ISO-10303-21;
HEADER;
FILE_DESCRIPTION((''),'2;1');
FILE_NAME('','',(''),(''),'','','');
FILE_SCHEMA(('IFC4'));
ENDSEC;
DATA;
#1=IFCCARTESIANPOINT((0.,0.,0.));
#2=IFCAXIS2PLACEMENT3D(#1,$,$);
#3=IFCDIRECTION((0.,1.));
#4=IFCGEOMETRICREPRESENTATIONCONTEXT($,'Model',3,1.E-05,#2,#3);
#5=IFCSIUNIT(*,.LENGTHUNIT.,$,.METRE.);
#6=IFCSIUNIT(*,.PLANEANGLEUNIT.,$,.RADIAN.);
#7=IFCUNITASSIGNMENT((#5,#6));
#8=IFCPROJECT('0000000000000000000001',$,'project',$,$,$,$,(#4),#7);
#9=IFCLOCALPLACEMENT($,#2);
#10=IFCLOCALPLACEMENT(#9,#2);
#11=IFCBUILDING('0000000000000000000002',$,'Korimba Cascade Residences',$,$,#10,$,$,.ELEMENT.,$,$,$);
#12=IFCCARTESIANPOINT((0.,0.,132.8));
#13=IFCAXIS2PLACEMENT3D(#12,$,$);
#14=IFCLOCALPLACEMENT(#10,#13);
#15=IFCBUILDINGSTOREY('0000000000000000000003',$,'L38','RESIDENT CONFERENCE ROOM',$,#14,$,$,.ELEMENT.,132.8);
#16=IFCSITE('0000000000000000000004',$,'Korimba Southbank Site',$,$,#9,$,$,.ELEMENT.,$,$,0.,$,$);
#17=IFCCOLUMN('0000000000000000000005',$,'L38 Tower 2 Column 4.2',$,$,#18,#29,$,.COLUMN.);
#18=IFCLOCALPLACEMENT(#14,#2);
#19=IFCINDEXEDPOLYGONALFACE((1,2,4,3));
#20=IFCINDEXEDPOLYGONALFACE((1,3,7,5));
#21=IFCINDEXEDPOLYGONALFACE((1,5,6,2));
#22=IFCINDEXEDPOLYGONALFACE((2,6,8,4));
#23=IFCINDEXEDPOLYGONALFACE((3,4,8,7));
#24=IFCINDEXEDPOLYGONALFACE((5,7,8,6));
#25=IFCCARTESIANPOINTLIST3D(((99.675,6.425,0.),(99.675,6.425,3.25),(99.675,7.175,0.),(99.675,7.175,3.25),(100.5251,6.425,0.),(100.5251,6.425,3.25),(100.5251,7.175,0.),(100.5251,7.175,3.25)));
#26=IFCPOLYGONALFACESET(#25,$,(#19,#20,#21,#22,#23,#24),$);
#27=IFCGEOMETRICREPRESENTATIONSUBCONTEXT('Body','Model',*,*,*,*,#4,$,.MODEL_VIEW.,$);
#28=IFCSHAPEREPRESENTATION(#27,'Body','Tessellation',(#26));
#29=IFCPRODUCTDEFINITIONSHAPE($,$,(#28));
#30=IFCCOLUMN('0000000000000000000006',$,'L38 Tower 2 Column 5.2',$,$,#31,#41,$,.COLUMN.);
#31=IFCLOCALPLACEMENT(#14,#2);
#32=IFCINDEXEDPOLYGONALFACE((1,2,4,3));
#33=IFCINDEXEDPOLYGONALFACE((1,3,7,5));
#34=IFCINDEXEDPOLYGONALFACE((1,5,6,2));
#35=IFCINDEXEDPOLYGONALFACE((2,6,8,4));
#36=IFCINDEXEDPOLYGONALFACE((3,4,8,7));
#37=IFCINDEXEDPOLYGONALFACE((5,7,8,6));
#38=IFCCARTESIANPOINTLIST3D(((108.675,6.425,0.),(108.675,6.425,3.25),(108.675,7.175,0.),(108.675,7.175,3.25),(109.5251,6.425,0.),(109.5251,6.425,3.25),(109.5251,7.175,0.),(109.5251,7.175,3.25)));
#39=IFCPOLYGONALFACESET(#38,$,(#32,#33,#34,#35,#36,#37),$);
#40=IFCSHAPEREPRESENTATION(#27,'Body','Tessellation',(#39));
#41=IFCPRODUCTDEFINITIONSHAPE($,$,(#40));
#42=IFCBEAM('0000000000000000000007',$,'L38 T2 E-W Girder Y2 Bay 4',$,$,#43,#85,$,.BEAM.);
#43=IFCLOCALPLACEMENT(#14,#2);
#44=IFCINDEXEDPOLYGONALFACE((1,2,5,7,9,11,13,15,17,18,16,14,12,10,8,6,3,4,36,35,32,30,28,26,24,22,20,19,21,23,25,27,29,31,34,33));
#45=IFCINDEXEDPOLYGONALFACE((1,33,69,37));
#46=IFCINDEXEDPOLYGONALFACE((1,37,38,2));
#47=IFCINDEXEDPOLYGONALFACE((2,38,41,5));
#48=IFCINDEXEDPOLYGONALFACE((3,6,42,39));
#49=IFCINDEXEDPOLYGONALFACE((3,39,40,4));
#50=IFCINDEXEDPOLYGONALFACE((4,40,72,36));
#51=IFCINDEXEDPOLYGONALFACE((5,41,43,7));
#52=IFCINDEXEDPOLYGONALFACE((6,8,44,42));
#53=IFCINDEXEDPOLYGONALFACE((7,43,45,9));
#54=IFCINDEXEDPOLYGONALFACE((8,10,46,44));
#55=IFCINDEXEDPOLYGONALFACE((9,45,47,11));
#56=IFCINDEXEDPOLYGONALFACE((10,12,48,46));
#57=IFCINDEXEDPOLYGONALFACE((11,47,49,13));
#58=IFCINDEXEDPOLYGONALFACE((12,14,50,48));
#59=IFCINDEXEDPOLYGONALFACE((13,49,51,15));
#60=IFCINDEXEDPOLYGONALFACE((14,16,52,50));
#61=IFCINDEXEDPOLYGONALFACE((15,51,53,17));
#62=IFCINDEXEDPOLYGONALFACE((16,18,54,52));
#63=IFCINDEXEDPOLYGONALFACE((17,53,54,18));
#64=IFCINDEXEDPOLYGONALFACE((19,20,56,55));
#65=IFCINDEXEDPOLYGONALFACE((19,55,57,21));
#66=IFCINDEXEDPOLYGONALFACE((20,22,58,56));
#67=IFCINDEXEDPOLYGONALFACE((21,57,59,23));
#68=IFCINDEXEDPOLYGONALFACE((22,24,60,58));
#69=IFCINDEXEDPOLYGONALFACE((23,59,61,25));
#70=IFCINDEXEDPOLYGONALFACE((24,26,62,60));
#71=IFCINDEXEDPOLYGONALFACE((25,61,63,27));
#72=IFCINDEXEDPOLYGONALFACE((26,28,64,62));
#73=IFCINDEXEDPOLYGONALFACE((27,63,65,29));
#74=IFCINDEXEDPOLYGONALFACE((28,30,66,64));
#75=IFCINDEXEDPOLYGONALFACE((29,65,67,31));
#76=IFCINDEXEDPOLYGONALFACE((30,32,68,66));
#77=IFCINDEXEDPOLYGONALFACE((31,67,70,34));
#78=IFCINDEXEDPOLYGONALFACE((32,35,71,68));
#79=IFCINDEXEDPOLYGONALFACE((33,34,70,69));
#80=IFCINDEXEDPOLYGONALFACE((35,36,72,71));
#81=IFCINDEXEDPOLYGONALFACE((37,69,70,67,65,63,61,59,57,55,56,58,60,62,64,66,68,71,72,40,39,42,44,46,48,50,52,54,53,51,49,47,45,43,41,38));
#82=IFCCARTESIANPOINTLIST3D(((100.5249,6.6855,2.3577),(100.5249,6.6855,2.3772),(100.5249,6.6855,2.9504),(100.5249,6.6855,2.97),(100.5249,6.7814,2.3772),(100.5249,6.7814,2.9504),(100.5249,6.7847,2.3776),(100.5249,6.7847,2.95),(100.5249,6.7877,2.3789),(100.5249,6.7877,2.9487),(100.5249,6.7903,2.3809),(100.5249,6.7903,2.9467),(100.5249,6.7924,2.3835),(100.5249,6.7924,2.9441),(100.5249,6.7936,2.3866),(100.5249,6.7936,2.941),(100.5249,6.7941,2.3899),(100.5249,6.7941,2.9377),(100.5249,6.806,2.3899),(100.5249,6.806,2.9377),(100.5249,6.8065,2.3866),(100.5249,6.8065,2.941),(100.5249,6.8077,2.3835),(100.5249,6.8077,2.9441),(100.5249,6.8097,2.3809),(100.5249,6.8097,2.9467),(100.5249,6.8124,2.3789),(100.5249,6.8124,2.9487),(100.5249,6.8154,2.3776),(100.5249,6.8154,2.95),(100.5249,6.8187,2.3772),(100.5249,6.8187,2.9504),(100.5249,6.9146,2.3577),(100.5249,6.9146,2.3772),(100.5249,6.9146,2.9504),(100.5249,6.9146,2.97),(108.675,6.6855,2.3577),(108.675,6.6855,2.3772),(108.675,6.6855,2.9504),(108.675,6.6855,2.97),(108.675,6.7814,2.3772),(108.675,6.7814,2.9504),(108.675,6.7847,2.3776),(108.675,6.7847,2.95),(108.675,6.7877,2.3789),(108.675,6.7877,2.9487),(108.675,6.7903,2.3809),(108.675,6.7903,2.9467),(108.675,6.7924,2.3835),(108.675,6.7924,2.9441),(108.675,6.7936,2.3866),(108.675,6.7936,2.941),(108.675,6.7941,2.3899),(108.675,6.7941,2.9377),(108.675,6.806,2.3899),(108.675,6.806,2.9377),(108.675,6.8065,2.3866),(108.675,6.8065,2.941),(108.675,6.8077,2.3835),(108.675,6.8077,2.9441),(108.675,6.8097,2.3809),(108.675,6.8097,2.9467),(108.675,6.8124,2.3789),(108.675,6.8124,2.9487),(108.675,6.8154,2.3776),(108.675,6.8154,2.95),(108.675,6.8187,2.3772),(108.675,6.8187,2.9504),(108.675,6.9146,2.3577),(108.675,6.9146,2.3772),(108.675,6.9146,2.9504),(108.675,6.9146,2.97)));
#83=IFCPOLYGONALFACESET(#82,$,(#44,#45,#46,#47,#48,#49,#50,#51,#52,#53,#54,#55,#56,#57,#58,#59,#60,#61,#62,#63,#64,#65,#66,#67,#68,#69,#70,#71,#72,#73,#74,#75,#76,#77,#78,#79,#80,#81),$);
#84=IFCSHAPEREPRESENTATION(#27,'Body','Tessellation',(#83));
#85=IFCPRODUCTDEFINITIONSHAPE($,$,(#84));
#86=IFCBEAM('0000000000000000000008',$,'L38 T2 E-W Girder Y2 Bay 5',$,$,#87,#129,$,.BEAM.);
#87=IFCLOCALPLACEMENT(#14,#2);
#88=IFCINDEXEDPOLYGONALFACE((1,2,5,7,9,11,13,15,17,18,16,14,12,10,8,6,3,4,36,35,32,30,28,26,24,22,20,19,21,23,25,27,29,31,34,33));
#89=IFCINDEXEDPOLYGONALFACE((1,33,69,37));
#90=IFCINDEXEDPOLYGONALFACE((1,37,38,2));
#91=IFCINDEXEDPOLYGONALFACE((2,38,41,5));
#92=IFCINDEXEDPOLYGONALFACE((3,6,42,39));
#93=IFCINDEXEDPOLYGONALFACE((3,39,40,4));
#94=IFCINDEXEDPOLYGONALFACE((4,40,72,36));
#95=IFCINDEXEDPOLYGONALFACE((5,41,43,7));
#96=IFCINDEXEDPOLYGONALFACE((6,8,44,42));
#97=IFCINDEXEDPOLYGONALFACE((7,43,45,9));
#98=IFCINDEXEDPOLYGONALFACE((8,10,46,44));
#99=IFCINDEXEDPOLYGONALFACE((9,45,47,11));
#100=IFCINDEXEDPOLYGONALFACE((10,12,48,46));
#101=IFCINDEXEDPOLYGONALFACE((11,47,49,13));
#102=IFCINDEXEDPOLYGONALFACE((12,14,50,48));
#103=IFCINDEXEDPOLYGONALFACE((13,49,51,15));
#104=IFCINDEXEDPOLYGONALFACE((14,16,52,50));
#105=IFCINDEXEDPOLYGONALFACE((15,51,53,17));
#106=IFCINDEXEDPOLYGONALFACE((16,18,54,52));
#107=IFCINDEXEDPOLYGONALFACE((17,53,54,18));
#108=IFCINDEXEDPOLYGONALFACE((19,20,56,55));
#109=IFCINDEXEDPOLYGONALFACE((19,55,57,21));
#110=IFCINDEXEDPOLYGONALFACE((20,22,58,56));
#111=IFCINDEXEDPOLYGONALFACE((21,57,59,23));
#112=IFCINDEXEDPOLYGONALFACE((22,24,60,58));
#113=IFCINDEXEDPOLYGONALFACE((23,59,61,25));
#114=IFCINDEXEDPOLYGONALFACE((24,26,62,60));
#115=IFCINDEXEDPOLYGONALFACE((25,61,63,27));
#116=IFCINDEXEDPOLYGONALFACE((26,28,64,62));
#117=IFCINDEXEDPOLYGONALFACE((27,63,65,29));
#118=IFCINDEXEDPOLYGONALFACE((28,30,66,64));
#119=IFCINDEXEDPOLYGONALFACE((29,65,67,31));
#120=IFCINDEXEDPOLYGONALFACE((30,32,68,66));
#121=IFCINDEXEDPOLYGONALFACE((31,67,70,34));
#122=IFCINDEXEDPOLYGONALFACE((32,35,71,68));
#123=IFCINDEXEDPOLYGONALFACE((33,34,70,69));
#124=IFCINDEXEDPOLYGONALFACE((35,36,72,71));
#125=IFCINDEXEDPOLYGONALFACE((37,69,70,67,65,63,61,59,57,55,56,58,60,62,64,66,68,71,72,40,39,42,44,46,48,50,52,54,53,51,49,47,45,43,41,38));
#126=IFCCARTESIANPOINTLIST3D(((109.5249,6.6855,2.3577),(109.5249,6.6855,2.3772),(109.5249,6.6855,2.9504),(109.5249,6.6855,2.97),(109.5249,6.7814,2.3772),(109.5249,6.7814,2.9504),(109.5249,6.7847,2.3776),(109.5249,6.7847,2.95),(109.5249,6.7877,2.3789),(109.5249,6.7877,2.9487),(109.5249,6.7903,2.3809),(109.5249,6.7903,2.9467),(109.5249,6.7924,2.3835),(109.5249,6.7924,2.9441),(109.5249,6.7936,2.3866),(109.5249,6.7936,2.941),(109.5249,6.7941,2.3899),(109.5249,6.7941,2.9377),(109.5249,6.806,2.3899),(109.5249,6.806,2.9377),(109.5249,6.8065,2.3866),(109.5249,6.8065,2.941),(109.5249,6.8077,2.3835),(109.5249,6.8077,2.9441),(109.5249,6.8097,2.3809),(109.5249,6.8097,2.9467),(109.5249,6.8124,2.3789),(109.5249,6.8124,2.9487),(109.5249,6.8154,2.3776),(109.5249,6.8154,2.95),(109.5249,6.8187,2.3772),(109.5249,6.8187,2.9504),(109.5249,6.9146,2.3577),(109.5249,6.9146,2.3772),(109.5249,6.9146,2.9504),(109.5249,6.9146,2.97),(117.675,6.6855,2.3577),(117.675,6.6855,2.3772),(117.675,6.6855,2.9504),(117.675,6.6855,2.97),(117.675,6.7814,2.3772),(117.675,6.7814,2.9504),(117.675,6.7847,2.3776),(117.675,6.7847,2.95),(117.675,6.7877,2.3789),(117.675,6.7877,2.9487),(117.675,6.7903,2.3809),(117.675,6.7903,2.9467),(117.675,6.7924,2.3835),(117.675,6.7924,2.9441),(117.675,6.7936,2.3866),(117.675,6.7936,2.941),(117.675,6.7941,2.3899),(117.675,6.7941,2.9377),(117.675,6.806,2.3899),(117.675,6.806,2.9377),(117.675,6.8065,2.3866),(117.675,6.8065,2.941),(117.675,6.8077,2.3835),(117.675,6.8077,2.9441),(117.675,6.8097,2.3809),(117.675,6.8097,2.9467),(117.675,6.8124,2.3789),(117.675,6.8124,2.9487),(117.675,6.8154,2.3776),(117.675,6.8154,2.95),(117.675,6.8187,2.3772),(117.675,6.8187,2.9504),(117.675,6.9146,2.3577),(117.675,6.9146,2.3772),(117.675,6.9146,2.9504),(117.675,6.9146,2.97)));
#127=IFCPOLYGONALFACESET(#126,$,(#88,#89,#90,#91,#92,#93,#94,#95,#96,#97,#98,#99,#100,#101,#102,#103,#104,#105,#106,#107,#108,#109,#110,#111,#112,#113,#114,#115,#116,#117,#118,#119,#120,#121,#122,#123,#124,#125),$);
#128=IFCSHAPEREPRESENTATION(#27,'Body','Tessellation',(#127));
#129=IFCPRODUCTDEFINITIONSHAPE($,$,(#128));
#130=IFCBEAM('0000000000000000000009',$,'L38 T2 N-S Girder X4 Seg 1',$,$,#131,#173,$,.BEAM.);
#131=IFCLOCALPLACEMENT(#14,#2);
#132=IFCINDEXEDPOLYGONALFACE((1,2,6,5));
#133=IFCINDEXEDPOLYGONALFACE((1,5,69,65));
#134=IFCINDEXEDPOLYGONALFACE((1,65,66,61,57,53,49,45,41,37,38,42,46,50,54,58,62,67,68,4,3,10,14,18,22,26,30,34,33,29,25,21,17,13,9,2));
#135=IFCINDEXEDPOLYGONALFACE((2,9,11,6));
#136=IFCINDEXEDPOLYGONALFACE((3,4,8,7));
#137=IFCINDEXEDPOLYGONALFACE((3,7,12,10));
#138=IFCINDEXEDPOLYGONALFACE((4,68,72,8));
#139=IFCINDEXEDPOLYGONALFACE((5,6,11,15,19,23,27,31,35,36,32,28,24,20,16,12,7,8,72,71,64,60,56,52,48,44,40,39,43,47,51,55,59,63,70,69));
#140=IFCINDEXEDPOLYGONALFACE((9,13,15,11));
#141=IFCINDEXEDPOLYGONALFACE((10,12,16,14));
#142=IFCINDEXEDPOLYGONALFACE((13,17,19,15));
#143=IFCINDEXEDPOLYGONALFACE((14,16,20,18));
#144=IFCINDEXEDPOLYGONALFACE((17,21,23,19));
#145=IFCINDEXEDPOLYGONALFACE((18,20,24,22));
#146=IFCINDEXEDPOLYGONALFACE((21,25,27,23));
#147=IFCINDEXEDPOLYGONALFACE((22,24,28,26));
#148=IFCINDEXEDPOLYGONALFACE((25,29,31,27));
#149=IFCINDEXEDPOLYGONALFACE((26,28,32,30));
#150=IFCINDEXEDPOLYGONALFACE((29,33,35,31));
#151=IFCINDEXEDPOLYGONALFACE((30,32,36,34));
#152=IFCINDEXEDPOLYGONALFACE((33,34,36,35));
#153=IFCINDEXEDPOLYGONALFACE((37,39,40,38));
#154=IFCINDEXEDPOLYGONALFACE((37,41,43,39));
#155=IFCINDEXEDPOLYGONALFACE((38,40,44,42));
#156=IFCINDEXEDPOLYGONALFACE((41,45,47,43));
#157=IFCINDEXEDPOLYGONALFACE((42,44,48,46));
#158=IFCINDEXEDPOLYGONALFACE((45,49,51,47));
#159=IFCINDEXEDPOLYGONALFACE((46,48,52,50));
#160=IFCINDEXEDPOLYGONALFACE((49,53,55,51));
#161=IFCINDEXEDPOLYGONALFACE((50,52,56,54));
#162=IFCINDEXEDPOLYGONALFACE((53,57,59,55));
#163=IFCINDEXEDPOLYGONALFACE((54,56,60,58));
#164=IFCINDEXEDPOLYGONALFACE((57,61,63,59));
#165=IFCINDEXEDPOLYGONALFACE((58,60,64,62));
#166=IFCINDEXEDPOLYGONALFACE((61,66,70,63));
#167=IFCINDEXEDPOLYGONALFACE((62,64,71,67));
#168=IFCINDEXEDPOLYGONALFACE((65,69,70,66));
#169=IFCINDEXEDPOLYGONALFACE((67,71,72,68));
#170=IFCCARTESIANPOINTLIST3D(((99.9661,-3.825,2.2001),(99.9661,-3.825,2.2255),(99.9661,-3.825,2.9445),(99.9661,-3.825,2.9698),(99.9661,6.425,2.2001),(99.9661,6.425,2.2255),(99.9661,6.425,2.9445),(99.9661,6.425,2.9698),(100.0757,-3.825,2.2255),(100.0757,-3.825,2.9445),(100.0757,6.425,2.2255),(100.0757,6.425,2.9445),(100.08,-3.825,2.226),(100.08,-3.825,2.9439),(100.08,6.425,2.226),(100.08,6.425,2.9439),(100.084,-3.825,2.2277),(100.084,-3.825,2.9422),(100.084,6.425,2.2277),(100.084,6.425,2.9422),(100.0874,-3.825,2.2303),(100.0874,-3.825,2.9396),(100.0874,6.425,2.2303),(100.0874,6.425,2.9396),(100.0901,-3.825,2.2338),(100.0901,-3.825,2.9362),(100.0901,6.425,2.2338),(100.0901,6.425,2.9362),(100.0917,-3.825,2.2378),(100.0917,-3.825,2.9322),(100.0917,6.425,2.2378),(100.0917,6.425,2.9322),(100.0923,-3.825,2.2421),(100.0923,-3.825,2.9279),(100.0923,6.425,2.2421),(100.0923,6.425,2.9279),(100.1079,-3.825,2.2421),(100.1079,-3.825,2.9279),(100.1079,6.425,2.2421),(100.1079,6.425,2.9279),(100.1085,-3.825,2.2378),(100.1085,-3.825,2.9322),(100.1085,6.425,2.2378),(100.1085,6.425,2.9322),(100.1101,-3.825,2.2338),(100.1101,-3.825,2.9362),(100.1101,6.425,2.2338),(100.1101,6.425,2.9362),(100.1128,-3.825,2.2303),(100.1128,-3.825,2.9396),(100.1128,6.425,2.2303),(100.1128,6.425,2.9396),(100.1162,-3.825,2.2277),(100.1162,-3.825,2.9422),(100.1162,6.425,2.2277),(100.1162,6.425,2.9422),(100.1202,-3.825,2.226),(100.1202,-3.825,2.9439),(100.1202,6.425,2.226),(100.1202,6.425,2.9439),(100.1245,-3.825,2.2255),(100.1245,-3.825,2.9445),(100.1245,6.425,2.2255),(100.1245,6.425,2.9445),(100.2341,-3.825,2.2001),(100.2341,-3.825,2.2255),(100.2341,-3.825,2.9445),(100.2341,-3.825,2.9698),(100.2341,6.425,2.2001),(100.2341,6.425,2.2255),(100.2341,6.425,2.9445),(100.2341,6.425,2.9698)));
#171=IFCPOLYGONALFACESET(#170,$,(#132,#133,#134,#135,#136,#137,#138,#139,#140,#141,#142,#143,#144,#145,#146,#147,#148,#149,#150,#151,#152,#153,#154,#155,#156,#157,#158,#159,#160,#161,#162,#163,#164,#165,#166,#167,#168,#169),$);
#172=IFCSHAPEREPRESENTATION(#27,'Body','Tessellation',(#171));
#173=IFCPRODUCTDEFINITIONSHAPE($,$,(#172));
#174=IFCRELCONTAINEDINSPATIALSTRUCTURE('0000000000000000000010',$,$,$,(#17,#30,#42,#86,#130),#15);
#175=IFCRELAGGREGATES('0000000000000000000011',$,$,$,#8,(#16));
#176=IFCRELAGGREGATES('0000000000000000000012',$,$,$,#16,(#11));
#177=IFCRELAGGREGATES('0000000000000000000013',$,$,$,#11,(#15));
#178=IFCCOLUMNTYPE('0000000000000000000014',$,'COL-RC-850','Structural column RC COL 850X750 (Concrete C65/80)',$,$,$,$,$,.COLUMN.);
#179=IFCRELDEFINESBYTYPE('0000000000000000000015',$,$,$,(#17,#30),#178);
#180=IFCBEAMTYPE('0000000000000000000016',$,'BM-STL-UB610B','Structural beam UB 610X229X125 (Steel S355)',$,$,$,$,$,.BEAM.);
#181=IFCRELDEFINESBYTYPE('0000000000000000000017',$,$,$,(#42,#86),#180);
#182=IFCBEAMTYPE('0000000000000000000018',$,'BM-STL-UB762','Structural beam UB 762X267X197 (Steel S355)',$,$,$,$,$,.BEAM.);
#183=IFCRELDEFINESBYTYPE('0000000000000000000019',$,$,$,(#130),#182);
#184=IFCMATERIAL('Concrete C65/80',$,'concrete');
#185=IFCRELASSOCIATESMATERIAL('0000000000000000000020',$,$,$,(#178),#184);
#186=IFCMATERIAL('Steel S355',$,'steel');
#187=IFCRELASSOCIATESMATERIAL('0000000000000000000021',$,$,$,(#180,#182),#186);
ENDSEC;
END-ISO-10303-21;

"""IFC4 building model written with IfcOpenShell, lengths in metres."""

from ifc_helpers import new_model, si_unit, direction, frame, origin, origin_2d, place, context, subcontext, project, spatial, rectangle, i_section, extrude, material, material_profile, profile_set, type_object, element, save


model = new_model("IFC4")

# Units and contexts
model_context = context("Model", 3, precision=1e-05, world=origin(), true_north=direction((0.0, 1.0)))
body_context = subcontext(model_context, "Body", "Model", "MODEL_VIEW")
ifc_project = project(units=[si_unit("LENGTHUNIT", "METRE"), si_unit("PLANEANGLEUNIT", "RADIAN")], contexts=[model_context])

# Site, building, storey
site_placement = place(None, origin())
site = spatial("IfcSite", under=ifc_project, at=site_placement, Name="Korimba Southbank Site", CompositionType="ELEMENT", RefElevation=0.0)
building_placement = place(site_placement, origin())
building = spatial("IfcBuilding", under=site, at=building_placement, Name="Korimba Cascade Residences", CompositionType="ELEMENT")
storey_placement = place(building_placement, frame((0.0, 0.0, 132.8)))
storey = spatial("IfcBuildingStorey", under=building, at=storey_placement, Name="L38", Description="RESIDENT CONFERENCE ROOM", CompositionType="ELEMENT", Elevation=132.8)

# Columns
ifc_material_1 = material(Name="Concrete C65/80", Category="concrete")
ifc_material_profile_1 = material_profile(ifc_material_1, rectangle(XDim=0.8501, YDim=0.75, at=origin_2d()), Name="Concrete C65/80")
ifc_profile_set_1 = profile_set([ifc_material_profile_1], Name="Concrete C65/80")
column_type = type_object("IfcColumnType", Name="COL-RC-850", Description="Structural column RC COL 850X750 (Concrete C65/80)", PredefinedType="COLUMN", material=ifc_profile_set_1)
for number, where, z_axis, x_axis, name in (
    (1, (100.1001, 6.8, 0.0), (0.0, 0.0, 1.0), (1.0, 0.0, 0.0), "L38 Tower 2 Column 4.2"),
    (2, (109.1001, 6.8, 0.0), (0.0, 0.0, 1.0), (1.0, 0.0, 0.0), "L38 Tower 2 Column 5.2"),
):
    element("IfcColumn", number, at=place(storey_placement, frame(where, z_axis=z_axis, x_axis=x_axis)), inside=storey, type_object=column_type, Name=name, PredefinedType="COLUMN", context=body_context, shape_type="SweptSolid", body=[
        extrude(rectangle(XDim=0.8501, YDim=0.75, at=origin_2d()), origin(), (0.0, 0.0, 1.0), 3.25),
    ])

# Beams
ifc_material_2 = material(Name="Steel S355", Category="steel")
ifc_material_profile_2 = material_profile(ifc_material_2, i_section(OverallWidth=0.229, OverallDepth=0.6123, WebThickness=0.012, FlangeThickness=0.0195, FilletRadius=0.0127, at=origin_2d()), Name="Steel S355")
ifc_profile_set_2 = profile_set([ifc_material_profile_2], Name="Steel S355")
beam_type_1 = type_object("IfcBeamType", Name="BM-STL-UB610B", Description="Structural beam UB 610X229X125 (Steel S355)", PredefinedType="BEAM", material=ifc_profile_set_2)
for number, where, z_axis, x_axis, name in (
    (3, (100.5249, 6.8, 2.6638), (1.0, 0.0, 0.0), (0.0, 1.0, 0.0), "L38 T2 E-W Girder Y2 Bay 4"),
    (4, (109.5249, 6.8, 2.6638), (1.0, 0.0, 0.0), (0.0, 1.0, 0.0), "L38 T2 E-W Girder Y2 Bay 5"),
):
    element("IfcBeam", number, at=place(storey_placement, frame(where, z_axis=z_axis, x_axis=x_axis)), inside=storey, type_object=beam_type_1, Name=name, PredefinedType="BEAM", context=body_context, shape_type="SweptSolid", body=[
        extrude(i_section(OverallWidth=0.229, OverallDepth=0.6123, WebThickness=0.012, FlangeThickness=0.0195, FilletRadius=0.0127, at=origin_2d()), origin(), (0.0, 0.0, 1.0), 8.1501),
    ])
ifc_material_profile_3 = material_profile(ifc_material_2, i_section(OverallWidth=0.2681, OverallDepth=0.7698, WebThickness=0.0156, FlangeThickness=0.0254, FilletRadius=0.0166, at=origin_2d()), Name="Steel S355")
ifc_profile_set_3 = profile_set([ifc_material_profile_3], Name="Steel S355")
beam_type_2 = type_object("IfcBeamType", Name="BM-STL-UB762", Description="Structural beam UB 762X267X197 (Steel S355)", PredefinedType="BEAM", material=ifc_profile_set_3)
for number, where, z_axis, x_axis, name in (
    (5, (100.1001, -3.825, 2.585), (0.0, 1.0, 0.0), (-1.0, 0.0, 0.0), "L38 T2 N-S Girder X4 Seg 1"),
):
    element("IfcBeam", number, at=place(storey_placement, frame(where, z_axis=z_axis, x_axis=x_axis)), inside=storey, type_object=beam_type_2, Name=name, PredefinedType="BEAM", context=body_context, shape_type="SweptSolid", body=[
        extrude(i_section(OverallWidth=0.2681, OverallDepth=0.7698, WebThickness=0.0156, FlangeThickness=0.0254, FilletRadius=0.0166, at=origin_2d()), origin(), (0.0, 0.0, 1.0), 10.25),
    ])

save(model, "model.ifc")
